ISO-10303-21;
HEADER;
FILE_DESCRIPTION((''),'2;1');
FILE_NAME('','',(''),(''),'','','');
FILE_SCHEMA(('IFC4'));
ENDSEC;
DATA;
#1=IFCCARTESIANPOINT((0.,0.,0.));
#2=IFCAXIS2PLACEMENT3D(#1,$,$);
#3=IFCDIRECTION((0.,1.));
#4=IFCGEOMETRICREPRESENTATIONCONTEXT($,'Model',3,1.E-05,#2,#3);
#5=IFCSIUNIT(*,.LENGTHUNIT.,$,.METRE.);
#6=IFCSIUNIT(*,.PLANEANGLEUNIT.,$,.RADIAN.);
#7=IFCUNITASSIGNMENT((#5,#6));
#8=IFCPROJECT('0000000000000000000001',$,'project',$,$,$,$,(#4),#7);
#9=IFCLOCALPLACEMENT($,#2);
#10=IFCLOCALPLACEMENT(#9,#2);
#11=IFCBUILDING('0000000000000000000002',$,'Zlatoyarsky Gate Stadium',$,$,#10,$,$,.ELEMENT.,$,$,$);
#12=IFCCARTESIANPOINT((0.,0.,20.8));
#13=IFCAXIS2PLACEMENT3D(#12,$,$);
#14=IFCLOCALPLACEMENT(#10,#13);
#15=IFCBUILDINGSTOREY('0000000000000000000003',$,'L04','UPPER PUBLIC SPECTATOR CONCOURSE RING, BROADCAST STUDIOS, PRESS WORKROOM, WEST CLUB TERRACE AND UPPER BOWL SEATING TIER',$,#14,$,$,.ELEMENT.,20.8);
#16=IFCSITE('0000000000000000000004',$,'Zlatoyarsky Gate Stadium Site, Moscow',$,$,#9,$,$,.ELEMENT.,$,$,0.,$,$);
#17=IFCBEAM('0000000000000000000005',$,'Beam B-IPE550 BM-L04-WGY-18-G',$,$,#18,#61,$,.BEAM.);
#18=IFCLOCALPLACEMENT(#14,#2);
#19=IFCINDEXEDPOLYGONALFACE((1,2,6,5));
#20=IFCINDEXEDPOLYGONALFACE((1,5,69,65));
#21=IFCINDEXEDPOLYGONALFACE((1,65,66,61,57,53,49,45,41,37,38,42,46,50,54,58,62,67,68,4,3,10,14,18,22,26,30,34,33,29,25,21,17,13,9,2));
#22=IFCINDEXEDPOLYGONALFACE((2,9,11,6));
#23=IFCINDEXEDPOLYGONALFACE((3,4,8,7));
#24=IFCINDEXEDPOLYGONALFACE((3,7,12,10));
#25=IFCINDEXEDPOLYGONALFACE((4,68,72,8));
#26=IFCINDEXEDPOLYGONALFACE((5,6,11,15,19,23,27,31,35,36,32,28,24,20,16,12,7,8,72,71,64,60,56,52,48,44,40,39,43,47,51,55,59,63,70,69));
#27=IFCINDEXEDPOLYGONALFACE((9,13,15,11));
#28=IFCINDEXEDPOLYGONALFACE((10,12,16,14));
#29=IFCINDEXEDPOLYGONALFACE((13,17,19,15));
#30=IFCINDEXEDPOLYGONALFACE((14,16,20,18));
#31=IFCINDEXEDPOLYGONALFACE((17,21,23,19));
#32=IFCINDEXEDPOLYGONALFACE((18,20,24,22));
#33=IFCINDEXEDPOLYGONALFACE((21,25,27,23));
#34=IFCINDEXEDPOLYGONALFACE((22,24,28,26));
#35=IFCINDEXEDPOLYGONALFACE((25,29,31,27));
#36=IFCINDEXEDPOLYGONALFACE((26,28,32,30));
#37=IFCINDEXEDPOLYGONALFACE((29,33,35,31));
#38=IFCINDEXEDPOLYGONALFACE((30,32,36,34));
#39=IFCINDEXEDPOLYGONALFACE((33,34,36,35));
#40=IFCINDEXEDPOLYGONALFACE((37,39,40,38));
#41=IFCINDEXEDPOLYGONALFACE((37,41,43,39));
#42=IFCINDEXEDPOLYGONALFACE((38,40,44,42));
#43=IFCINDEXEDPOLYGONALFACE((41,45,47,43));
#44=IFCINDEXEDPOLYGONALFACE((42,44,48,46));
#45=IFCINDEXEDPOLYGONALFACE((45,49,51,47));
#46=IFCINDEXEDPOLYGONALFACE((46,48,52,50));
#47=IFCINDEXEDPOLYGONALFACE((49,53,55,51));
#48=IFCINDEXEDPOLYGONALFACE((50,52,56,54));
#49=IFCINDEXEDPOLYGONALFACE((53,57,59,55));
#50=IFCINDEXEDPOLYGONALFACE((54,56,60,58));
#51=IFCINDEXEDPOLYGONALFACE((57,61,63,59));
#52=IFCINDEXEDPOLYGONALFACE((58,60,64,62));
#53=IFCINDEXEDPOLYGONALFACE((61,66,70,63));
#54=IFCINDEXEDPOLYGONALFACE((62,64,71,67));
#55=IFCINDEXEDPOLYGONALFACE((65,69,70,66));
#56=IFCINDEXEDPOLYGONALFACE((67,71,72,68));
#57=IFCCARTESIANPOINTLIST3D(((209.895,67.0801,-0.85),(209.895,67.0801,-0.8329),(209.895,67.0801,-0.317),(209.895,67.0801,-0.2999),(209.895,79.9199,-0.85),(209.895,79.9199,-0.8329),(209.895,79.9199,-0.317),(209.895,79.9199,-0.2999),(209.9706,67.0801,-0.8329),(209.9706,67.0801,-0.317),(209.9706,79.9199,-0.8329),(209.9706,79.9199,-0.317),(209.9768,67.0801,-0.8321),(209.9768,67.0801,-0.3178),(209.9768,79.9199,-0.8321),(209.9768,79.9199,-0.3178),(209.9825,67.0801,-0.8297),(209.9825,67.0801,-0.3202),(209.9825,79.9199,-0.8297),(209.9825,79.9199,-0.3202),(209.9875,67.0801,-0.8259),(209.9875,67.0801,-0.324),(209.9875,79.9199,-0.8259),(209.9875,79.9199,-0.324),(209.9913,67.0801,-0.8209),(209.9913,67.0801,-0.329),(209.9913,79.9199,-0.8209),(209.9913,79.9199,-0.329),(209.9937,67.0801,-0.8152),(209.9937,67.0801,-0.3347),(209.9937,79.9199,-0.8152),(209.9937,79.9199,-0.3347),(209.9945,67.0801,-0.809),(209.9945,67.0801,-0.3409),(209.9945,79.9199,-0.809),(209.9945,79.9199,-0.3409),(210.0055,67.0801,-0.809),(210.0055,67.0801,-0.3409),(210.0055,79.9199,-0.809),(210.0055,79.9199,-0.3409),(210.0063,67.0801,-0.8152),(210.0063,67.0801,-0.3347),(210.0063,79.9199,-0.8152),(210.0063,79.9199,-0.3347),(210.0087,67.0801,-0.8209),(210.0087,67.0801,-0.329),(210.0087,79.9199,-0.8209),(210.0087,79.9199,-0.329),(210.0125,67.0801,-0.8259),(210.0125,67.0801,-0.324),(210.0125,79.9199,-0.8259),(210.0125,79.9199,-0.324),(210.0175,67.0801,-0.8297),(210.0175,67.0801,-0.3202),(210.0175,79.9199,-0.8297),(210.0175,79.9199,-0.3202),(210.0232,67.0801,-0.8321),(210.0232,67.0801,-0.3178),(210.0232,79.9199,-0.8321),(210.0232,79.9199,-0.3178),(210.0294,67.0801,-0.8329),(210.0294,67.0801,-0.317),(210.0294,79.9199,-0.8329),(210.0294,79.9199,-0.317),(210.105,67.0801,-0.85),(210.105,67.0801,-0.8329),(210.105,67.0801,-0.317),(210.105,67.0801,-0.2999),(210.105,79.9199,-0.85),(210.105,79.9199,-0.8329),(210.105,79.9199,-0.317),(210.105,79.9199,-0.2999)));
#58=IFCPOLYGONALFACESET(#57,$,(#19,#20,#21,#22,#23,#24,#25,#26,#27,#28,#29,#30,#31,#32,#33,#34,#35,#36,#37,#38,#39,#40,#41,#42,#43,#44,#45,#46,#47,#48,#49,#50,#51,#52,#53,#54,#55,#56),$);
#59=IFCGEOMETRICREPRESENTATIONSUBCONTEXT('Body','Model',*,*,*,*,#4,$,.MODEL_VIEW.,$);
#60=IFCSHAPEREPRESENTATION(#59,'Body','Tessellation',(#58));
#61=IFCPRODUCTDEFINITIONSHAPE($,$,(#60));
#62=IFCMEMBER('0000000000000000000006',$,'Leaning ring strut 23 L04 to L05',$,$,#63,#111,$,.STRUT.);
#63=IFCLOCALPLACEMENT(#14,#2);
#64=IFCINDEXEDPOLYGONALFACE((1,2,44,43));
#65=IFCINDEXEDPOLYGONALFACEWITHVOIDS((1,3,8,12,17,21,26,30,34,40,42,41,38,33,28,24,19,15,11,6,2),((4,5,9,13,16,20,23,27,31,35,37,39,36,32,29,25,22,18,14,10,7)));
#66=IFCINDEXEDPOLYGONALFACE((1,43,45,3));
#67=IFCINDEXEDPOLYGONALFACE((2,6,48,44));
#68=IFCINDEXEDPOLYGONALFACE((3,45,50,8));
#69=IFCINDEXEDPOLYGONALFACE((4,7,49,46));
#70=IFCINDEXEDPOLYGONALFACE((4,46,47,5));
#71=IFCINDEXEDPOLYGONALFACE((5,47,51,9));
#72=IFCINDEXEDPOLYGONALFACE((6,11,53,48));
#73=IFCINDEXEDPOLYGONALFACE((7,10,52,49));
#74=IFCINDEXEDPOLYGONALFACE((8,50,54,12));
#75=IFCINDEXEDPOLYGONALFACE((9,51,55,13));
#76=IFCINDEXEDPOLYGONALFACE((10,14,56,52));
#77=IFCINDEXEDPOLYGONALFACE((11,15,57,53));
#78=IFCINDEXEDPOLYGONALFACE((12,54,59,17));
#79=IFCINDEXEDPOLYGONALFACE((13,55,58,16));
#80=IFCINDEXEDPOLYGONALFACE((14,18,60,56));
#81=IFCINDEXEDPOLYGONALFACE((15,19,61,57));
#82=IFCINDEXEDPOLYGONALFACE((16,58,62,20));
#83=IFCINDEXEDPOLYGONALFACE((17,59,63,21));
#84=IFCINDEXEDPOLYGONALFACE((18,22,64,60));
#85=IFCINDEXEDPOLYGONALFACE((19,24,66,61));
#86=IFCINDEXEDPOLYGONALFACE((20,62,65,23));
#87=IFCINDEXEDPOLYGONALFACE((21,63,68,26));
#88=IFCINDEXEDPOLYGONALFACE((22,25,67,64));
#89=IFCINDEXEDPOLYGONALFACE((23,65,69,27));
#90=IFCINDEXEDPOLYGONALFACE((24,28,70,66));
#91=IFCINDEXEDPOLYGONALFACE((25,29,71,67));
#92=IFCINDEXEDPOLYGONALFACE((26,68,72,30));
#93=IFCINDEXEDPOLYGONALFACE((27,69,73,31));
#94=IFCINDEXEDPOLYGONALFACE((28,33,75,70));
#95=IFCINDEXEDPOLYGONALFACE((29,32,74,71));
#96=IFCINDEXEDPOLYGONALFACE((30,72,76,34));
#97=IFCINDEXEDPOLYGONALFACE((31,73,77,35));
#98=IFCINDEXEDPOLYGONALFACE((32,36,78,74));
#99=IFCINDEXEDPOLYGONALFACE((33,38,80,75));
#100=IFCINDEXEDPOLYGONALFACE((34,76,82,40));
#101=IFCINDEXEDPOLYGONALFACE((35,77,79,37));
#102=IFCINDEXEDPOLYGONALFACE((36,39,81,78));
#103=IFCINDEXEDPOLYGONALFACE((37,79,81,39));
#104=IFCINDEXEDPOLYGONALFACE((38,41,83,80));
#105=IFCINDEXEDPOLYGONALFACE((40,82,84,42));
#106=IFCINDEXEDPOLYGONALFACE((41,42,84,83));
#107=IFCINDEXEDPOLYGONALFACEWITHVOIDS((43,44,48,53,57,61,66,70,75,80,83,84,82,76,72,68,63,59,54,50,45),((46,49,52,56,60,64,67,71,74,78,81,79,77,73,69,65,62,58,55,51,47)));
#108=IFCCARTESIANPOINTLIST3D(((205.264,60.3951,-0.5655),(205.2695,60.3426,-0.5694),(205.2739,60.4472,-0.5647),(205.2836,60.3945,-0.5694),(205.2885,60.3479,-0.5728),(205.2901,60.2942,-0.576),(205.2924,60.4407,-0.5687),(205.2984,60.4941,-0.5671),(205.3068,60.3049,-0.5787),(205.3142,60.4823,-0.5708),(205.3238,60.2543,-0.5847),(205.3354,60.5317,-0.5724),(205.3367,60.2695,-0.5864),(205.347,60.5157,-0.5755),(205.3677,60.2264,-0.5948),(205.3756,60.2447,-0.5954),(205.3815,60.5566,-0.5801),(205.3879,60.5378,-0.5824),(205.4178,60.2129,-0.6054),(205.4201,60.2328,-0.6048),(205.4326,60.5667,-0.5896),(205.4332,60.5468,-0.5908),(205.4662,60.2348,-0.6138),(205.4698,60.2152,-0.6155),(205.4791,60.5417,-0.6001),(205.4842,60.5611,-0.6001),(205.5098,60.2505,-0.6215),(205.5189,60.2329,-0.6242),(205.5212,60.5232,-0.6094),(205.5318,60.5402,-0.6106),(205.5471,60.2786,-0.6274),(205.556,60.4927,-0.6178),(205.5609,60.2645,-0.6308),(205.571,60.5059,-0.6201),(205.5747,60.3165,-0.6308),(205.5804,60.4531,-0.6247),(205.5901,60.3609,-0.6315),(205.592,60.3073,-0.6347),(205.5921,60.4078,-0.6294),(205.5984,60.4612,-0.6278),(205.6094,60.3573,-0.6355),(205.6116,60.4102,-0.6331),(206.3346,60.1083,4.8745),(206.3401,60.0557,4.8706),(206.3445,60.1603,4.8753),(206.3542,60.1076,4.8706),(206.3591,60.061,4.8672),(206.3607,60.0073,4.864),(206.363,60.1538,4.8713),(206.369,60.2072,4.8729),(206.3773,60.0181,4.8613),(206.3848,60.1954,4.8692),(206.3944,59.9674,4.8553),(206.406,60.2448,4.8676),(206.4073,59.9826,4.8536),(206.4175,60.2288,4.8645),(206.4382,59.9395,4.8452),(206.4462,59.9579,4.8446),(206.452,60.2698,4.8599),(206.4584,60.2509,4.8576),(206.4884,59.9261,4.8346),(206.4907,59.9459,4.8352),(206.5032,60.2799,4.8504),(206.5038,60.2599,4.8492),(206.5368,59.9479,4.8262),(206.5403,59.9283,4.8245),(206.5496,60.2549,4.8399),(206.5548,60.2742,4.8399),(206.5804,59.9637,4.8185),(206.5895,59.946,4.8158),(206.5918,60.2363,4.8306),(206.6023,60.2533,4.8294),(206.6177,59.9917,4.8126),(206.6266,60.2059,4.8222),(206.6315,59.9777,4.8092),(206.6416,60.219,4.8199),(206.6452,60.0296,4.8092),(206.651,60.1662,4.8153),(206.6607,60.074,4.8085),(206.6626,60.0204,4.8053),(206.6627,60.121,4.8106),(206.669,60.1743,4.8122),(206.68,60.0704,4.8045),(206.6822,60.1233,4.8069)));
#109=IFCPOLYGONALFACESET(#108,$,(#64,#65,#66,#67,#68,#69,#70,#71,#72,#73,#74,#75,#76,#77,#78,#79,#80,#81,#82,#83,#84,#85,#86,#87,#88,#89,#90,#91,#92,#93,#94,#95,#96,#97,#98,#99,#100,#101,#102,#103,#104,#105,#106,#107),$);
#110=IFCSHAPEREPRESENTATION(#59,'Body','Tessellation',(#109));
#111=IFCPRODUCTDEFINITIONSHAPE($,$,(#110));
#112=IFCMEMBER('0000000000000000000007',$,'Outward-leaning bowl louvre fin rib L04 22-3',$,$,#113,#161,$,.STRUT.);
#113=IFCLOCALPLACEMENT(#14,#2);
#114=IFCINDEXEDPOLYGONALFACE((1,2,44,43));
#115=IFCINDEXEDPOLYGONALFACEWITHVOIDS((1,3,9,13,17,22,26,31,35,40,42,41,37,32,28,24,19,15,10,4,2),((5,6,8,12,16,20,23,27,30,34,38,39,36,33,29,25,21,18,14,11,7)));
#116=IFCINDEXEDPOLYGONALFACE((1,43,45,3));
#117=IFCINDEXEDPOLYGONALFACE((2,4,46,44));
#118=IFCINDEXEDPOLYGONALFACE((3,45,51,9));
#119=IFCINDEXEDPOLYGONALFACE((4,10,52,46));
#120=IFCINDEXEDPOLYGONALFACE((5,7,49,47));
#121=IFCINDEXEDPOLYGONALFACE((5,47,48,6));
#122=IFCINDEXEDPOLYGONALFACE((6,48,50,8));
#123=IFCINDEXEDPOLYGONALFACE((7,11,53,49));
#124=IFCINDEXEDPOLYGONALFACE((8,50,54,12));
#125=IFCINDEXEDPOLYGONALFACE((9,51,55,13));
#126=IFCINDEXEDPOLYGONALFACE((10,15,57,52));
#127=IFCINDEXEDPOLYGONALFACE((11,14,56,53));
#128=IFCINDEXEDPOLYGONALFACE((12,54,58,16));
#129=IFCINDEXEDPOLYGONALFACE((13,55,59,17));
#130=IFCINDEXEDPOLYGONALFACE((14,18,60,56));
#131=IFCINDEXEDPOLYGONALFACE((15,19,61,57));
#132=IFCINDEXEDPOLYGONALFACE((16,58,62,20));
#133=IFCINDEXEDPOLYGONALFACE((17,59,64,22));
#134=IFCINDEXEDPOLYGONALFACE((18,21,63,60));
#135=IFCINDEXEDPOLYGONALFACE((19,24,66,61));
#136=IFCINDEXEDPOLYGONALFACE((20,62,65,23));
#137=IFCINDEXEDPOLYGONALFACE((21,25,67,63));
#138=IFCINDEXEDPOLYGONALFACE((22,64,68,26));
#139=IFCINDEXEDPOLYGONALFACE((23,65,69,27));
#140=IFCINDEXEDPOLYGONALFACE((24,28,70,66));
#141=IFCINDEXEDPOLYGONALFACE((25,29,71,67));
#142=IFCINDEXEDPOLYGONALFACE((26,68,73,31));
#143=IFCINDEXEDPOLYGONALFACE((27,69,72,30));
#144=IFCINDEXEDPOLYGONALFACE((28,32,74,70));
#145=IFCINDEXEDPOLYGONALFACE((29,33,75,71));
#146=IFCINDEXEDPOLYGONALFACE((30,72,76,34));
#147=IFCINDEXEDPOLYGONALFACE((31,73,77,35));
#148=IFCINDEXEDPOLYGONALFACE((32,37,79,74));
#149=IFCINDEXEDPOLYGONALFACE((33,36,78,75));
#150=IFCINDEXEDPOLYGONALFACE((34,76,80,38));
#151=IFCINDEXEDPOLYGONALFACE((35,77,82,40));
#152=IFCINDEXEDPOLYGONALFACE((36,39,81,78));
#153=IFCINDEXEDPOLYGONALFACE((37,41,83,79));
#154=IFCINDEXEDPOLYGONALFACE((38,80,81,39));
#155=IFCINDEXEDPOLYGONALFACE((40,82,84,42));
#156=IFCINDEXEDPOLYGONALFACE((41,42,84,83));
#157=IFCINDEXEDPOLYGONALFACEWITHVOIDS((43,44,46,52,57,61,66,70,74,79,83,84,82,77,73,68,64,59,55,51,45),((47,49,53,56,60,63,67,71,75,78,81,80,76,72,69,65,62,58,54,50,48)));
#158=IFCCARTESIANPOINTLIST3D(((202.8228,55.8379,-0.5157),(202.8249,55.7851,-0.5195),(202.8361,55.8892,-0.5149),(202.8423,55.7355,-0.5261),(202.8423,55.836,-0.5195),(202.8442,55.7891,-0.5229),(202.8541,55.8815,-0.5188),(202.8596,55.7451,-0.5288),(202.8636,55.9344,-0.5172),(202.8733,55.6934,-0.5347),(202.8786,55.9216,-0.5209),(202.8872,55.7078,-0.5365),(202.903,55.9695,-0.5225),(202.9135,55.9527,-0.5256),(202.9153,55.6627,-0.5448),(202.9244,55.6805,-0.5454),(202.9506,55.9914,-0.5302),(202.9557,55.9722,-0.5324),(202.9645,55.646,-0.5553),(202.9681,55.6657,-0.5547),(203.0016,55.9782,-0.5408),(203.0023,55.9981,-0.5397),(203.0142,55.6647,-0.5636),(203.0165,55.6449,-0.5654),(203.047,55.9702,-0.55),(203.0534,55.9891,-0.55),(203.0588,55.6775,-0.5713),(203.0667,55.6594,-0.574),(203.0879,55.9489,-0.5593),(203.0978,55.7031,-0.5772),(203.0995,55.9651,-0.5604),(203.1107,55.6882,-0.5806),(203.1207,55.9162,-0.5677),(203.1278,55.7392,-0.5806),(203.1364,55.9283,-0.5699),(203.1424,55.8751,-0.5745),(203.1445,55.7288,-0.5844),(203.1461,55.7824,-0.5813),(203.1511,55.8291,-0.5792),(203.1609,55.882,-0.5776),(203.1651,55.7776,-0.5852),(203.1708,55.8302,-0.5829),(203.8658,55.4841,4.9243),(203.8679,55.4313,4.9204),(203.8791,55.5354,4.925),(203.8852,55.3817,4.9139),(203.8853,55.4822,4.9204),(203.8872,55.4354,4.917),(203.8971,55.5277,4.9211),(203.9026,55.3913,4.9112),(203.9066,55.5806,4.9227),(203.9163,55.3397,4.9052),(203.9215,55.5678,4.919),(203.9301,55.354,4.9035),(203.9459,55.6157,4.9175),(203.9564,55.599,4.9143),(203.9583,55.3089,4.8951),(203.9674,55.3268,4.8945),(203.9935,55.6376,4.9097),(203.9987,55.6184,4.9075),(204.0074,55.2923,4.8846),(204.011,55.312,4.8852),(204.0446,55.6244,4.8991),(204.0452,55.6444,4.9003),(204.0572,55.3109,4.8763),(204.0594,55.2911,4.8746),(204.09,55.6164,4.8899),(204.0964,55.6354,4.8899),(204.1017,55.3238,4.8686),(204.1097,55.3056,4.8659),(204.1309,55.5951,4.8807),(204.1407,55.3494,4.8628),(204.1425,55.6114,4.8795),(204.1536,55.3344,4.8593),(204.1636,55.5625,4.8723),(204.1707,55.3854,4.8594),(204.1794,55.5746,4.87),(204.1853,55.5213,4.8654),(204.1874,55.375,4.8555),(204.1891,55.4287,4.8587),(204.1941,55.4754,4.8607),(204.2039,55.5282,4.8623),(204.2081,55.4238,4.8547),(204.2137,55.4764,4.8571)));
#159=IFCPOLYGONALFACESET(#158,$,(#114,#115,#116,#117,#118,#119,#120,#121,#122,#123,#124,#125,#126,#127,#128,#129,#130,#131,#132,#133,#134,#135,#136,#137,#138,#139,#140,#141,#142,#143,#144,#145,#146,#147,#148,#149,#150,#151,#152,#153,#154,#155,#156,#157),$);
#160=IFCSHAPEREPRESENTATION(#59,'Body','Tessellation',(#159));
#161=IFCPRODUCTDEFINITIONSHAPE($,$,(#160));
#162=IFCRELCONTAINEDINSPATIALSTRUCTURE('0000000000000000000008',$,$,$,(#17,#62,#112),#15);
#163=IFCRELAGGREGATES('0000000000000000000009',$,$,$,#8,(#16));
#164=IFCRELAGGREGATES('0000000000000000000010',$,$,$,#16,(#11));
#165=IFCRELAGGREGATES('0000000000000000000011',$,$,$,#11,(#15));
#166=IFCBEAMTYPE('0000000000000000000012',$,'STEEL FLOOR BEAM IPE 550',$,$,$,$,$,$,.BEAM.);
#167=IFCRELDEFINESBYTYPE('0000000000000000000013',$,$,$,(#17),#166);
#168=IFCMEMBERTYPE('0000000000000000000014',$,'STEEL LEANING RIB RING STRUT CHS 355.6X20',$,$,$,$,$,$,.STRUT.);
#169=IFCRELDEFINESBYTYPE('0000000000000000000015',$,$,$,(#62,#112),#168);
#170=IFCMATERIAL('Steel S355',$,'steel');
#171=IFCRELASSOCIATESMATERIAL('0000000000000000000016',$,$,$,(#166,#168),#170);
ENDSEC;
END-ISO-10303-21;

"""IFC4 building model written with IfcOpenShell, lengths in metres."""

from ifc_helpers import new_model, si_unit, direction, frame, origin, origin_2d, place, context, subcontext, project, spatial, hollow_circle, i_section, extrude, material, material_profile, profile_set, type_object, element, save


model = new_model("IFC4")

# Units and contexts
model_context = context("Model", 3, precision=1e-05, world=origin(), true_north=direction((0.0, 1.0)))
body_context = subcontext(model_context, "Body", "Model", "MODEL_VIEW")
ifc_project = project(units=[si_unit("LENGTHUNIT", "METRE"), si_unit("PLANEANGLEUNIT", "RADIAN")], contexts=[model_context])

# Site, building, storey
site_placement = place(None, origin())
site = spatial("IfcSite", under=ifc_project, at=site_placement, Name="Zlatoyarsky Gate Stadium Site, Moscow", CompositionType="ELEMENT", RefElevation=0.0)
building_placement = place(site_placement, origin())
building = spatial("IfcBuilding", under=site, at=building_placement, Name="Zlatoyarsky Gate Stadium", CompositionType="ELEMENT")
storey_placement = place(building_placement, frame((0.0, 0.0, 20.8)))
storey = spatial("IfcBuildingStorey", under=building, at=storey_placement, Name="L04", Description="UPPER PUBLIC SPECTATOR CONCOURSE RING, BROADCAST STUDIOS, PRESS WORKROOM, WEST CLUB TERRACE AND UPPER BOWL SEATING TIER", CompositionType="ELEMENT", Elevation=20.8)

# Beam
ifc_material_1 = material(Name="Steel S355", Category="steel")
ifc_material_profile_1 = material_profile(ifc_material_1, i_section(OverallWidth=0.21, OverallDepth=0.55, WebThickness=0.011, FlangeThickness=0.0171, FilletRadius=0.0239, at=origin_2d()), Name="IPE 550")
ifc_profile_set_1 = profile_set([ifc_material_profile_1], Name="Steel S355")
beam_type_1 = type_object("IfcBeamType", Name="STEEL FLOOR BEAM IPE 550", PredefinedType="BEAM", material=ifc_profile_set_1)
for number, where, z_axis, x_axis, name in (
    (1, (210.0, 67.0801, -0.575), (0.0, 1.0, 0.0), (-1.0, 0.0, 0.0), "Beam B-IPE550 BM-L04-WGY-18-G"),
):
    element("IfcBeam", number, at=place(storey_placement, frame(where, z_axis=z_axis, x_axis=x_axis)), inside=storey, type_object=beam_type_1, Name=name, PredefinedType="BEAM", context=body_context, shape_type="SweptSolid", body=[
        extrude(i_section(OverallWidth=0.21, OverallDepth=0.55, WebThickness=0.011, FlangeThickness=0.0171, FilletRadius=0.0239, at=origin_2d()), origin(), (0.0, 0.0, 1.0), 12.8398),
    ])

# Members
ifc_material_profile_2 = material_profile(ifc_material_1, hollow_circle(Radius=0.1777, WallThickness=0.02, at=origin_2d()), Name="CHS 355.6X20")
ifc_profile_set_2 = profile_set([ifc_material_profile_2], Name="Steel S355")
member_type_1 = type_object("IfcMemberType", Name="STEEL LEANING RIB RING STRUT CHS 355.6X20", PredefinedType="STRUT", material=ifc_profile_set_2)
member_1_placement = place(storey_placement, frame((205.4382, 60.3894, -0.6001), z_axis=(0.192834, -0.051672, 0.97987), x_axis=(0.258828, 0.965923, 0.0)))
element("IfcMember", 2, at=member_1_placement, inside=storey, type_object=member_type_1, Name="Leaning ring strut 23 L04 to L05", PredefinedType="STRUT", context=body_context, shape_type="SweptSolid", body=[
    extrude(hollow_circle(Radius=0.1777, WallThickness=0.02, at=origin_2d()), origin(), (0.0, 0.0, 1.0), 5.5518),
])
for number, where, z_axis, x_axis, name in (
    (3, (202.9963, 55.8208, -0.55), (0.187912, -0.063737, 0.980116), (0.321211, 0.947008, 0.0), "Outward-leaning bowl louvre fin rib L04 22-3"),
):
    element("IfcMember", number, at=place(storey_placement, frame(where, z_axis=z_axis, x_axis=x_axis)), inside=storey, type_object=member_type_1, Name=name, PredefinedType="STRUT", context=body_context, shape_type="SweptSolid", body=[
        extrude(hollow_circle(Radius=0.1777, WallThickness=0.02, at=origin_2d()), origin(), (0.0, 0.0, 1.0), 5.5503),
    ])

save(model, "model.ifc")
